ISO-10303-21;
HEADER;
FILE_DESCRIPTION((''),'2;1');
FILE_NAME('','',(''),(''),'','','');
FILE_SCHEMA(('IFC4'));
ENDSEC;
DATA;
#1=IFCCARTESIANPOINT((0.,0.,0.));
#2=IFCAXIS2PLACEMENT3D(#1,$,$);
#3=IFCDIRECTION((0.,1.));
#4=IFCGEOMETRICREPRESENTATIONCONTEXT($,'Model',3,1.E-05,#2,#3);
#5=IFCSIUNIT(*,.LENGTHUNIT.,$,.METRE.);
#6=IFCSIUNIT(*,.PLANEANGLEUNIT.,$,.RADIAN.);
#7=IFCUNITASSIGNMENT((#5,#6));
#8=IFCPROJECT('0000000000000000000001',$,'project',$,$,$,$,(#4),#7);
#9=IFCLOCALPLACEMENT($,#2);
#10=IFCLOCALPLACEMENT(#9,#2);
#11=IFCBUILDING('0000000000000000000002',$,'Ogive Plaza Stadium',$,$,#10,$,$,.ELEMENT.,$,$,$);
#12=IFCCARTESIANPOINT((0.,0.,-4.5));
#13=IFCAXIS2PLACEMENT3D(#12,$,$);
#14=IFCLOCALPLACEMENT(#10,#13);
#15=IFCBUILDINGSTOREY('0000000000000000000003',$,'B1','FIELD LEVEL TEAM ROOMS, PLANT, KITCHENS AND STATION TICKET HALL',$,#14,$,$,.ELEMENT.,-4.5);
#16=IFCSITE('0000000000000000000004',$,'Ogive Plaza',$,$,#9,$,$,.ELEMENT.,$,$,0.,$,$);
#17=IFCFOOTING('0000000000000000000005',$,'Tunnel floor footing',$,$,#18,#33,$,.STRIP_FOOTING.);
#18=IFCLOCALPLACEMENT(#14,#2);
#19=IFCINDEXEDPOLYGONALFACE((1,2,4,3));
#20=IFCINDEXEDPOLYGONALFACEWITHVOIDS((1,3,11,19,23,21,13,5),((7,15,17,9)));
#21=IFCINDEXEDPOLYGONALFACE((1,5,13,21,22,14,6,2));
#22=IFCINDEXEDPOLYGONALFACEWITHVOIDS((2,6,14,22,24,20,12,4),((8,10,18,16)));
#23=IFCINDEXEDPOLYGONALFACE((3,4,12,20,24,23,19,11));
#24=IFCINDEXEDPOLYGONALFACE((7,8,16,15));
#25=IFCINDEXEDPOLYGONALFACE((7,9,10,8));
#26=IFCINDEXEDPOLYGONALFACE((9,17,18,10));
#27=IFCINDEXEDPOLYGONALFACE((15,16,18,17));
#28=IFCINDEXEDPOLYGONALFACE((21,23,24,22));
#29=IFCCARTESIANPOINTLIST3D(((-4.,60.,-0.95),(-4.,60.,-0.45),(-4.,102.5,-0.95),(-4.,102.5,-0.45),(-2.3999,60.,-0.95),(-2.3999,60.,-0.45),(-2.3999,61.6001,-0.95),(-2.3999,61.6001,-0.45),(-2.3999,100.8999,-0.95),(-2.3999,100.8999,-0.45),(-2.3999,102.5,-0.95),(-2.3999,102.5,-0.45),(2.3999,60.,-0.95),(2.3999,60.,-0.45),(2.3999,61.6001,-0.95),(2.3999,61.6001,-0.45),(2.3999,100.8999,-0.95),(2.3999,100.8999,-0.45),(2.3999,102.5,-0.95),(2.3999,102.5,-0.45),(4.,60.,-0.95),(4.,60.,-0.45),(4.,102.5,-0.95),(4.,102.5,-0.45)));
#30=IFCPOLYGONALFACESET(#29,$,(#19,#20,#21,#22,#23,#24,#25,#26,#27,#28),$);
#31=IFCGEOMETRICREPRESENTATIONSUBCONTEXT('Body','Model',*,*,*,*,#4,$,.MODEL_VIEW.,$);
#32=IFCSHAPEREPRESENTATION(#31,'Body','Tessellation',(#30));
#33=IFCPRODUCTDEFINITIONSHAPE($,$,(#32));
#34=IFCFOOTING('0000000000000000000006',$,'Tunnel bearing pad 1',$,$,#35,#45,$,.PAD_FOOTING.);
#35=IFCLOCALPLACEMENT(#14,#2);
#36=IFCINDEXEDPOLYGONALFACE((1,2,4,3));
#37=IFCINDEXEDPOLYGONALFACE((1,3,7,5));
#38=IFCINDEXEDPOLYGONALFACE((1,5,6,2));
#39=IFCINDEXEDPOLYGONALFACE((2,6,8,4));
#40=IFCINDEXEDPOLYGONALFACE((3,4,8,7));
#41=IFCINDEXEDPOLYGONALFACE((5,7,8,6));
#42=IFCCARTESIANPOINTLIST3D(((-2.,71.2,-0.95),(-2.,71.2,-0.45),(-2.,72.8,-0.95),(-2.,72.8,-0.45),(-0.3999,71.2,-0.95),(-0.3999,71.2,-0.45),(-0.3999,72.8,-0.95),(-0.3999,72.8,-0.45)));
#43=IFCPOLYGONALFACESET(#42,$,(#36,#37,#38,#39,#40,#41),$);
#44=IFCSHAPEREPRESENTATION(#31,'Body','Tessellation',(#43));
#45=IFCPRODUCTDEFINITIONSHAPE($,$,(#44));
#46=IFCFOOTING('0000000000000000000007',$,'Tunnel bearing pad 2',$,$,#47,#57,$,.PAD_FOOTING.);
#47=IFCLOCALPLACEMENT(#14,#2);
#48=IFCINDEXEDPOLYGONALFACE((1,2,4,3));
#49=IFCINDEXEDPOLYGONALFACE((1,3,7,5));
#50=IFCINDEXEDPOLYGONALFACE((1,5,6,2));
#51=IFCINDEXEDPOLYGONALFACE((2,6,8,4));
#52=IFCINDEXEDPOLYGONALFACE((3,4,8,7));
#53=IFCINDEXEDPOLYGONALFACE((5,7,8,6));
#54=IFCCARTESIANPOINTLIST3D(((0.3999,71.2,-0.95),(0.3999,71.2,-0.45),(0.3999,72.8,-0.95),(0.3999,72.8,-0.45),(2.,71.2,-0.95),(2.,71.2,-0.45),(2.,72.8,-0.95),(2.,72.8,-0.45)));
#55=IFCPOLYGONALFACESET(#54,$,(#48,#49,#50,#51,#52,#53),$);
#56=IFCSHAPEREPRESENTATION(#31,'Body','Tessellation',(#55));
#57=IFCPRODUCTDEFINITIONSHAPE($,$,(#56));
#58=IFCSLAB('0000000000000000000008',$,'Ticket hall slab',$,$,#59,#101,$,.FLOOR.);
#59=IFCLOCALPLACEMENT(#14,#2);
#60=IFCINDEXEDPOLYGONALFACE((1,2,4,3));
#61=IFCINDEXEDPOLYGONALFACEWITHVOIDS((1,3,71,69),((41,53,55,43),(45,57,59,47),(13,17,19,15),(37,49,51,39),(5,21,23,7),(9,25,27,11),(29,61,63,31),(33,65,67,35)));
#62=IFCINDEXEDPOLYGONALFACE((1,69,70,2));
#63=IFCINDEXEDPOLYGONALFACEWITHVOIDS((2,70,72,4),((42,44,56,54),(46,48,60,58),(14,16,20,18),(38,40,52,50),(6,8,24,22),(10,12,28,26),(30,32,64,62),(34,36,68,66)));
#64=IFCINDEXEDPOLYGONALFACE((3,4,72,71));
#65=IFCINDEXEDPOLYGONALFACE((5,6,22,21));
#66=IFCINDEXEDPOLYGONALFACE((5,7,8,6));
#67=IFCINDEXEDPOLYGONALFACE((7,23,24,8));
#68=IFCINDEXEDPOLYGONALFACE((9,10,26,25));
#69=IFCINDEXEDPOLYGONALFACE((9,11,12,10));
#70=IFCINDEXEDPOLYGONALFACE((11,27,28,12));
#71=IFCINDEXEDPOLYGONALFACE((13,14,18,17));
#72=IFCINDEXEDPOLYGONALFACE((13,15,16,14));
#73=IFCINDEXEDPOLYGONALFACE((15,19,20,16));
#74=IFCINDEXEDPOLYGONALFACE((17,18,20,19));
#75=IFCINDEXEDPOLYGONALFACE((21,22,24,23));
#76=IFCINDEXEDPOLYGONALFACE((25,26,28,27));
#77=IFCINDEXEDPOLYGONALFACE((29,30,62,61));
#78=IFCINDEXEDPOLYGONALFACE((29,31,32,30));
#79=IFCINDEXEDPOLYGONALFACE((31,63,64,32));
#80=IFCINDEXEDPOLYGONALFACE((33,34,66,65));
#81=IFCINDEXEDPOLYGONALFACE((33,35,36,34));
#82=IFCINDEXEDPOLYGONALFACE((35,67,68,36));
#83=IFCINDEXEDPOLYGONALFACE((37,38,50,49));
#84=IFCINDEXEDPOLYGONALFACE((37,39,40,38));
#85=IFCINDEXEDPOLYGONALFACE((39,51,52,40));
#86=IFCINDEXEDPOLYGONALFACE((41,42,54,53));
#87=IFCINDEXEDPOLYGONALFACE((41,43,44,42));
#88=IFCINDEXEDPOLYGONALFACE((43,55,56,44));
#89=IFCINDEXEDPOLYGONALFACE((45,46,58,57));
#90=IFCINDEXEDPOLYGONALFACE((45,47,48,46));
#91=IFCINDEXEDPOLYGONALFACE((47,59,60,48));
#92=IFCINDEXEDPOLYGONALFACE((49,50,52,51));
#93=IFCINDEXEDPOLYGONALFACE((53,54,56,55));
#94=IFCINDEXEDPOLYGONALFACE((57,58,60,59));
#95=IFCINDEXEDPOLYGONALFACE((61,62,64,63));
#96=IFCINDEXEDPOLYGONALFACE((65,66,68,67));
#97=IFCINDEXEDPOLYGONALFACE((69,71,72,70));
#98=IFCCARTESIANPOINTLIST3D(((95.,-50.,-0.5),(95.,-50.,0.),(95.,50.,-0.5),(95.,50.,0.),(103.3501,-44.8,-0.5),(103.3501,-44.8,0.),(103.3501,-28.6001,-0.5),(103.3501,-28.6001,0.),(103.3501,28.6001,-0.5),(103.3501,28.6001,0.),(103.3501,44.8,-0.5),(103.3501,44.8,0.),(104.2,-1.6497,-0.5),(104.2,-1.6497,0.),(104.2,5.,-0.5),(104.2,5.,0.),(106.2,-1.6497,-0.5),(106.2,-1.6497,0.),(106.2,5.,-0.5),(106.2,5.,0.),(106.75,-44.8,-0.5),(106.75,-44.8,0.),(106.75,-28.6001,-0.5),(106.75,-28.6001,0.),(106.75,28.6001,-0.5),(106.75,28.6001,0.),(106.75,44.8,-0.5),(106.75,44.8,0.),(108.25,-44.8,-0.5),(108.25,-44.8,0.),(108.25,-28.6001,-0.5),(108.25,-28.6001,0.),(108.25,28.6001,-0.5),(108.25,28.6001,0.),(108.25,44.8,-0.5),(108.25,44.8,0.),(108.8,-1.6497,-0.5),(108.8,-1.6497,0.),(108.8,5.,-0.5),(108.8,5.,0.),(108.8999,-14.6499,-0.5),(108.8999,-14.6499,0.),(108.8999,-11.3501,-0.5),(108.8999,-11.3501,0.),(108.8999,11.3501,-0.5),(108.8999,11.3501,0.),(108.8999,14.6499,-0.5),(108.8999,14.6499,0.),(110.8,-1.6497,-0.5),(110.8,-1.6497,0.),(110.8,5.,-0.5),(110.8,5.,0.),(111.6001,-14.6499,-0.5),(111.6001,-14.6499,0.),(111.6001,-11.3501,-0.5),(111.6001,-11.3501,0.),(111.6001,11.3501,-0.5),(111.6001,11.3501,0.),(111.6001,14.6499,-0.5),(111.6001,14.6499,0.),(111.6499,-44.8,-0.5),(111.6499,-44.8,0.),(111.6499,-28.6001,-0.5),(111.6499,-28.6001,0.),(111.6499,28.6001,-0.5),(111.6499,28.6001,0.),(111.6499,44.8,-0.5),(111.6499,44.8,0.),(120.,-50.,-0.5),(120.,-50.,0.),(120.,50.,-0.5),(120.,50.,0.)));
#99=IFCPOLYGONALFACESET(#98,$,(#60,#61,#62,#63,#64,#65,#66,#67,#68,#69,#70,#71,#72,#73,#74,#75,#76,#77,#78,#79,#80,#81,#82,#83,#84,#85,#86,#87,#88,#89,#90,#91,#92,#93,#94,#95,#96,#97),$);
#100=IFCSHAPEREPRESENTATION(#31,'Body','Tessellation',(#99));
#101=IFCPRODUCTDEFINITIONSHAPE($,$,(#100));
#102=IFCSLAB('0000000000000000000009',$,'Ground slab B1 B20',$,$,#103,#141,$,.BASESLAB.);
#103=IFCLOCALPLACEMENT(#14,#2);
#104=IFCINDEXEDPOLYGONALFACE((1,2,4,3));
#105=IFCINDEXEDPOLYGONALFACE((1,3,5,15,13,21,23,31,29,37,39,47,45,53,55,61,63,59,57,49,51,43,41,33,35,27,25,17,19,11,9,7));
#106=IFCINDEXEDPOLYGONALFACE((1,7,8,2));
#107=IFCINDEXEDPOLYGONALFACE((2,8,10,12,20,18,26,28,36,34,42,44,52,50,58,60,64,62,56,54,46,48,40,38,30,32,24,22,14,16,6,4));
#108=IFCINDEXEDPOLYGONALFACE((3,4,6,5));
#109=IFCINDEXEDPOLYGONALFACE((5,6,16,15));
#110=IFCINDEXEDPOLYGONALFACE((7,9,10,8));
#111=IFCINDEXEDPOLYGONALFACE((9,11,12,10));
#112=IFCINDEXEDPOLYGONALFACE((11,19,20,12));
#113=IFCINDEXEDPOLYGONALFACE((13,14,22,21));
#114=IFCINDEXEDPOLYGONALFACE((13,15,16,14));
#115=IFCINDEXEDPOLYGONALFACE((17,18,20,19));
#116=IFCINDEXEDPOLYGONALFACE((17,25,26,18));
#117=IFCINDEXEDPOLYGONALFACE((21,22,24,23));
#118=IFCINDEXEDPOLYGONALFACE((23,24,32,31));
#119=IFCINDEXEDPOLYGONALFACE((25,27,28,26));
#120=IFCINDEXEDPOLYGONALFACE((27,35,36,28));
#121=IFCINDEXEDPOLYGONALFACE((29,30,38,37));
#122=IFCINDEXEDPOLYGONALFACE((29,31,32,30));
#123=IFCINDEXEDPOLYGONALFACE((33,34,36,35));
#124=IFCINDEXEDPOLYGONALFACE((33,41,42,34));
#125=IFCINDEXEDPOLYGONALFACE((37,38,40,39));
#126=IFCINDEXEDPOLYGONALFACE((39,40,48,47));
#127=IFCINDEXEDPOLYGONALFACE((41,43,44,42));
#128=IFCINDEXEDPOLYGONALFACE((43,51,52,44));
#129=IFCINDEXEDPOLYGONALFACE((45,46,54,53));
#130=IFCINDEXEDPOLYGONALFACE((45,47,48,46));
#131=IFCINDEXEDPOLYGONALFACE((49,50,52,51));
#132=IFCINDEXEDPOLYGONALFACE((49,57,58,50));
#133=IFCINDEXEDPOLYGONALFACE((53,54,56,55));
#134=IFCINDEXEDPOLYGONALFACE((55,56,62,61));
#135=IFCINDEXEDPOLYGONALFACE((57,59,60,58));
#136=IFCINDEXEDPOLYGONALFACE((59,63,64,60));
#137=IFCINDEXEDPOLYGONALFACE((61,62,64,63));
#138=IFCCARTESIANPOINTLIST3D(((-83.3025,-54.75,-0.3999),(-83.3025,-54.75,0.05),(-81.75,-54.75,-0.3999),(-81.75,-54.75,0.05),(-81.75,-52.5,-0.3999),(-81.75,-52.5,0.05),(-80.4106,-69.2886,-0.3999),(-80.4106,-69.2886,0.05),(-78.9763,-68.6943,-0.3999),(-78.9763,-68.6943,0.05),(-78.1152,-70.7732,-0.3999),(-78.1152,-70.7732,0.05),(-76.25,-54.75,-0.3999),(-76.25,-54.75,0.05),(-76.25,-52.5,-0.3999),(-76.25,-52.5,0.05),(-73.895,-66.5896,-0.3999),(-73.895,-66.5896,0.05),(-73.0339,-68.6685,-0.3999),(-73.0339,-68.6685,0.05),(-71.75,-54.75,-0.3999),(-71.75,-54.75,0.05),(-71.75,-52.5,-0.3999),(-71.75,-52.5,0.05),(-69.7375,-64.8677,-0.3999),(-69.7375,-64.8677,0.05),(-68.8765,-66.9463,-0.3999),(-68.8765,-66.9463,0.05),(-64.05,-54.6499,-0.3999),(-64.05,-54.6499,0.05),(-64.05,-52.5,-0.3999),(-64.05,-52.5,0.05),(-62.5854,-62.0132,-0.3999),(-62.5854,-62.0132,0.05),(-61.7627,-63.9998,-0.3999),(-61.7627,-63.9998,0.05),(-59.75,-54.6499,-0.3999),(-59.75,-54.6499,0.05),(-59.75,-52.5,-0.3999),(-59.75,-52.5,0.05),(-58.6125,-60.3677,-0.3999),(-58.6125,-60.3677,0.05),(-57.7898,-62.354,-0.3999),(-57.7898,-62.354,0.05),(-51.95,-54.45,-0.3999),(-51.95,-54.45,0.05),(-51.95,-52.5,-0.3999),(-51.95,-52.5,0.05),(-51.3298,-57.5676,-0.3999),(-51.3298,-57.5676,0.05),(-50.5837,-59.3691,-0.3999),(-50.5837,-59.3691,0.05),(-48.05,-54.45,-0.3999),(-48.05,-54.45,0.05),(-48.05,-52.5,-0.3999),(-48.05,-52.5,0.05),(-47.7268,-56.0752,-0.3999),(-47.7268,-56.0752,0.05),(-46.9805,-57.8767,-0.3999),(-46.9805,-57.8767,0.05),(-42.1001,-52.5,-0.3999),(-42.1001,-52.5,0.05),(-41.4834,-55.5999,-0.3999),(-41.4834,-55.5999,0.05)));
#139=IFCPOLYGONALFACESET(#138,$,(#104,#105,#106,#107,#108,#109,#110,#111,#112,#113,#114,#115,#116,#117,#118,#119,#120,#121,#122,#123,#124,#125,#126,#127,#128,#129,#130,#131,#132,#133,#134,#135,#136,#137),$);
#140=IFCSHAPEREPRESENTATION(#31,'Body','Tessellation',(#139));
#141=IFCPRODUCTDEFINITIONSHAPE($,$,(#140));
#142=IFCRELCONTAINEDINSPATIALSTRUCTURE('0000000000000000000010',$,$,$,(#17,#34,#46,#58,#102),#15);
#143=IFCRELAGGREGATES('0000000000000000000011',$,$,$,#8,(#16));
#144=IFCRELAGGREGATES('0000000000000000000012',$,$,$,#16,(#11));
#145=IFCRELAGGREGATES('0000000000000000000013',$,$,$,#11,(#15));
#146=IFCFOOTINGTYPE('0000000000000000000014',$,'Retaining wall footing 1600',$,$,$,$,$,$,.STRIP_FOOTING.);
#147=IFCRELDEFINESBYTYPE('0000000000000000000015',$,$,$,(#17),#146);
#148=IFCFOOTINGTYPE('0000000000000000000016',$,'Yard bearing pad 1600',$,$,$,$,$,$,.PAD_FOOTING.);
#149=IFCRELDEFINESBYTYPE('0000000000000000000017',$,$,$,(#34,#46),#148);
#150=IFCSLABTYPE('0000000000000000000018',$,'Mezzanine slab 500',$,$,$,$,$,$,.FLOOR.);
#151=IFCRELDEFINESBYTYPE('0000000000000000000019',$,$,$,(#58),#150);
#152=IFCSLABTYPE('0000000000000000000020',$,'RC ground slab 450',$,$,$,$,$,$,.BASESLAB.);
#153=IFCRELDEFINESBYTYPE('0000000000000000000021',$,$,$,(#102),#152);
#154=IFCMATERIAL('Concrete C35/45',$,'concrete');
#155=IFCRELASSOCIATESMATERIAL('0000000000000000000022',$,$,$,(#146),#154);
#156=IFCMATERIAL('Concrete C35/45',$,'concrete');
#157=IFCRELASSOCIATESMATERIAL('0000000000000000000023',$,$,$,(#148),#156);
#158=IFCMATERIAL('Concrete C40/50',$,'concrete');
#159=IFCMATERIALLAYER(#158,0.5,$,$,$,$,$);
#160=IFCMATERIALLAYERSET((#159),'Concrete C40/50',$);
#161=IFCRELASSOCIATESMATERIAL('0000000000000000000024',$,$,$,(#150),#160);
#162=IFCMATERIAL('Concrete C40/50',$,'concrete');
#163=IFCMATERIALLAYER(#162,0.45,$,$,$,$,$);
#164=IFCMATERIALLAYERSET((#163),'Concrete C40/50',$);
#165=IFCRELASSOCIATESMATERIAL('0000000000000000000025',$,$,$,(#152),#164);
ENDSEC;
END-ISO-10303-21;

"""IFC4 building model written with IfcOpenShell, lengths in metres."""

from ifc_helpers import new_model, si_unit, direction, frame, origin, place, context, subcontext, project, spatial, polyline, outline, extrude, material, layer, layer_set, type_object, element, save


model = new_model("IFC4")

# Units and contexts
model_context = context("Model", 3, precision=1e-05, world=origin(), true_north=direction((0.0, 1.0)))
body_context = subcontext(model_context, "Body", "Model", "MODEL_VIEW")
ifc_project = project(units=[si_unit("LENGTHUNIT", "METRE"), si_unit("PLANEANGLEUNIT", "RADIAN")], contexts=[model_context])

# Site, building, storey
site_placement = place(None, origin())
site = spatial("IfcSite", under=ifc_project, at=site_placement, Name="Ogive Plaza", CompositionType="ELEMENT", RefElevation=0.0)
building_placement = place(site_placement, origin())
building = spatial("IfcBuilding", under=site, at=building_placement, Name="Ogive Plaza Stadium", CompositionType="ELEMENT")
storey_placement = place(building_placement, frame((0.0, 0.0, -4.5)))
storey = spatial("IfcBuildingStorey", under=building, at=storey_placement, Name="B1", Description="FIELD LEVEL TEAM ROOMS, PLANT, KITCHENS AND STATION TICKET HALL", CompositionType="ELEMENT", Elevation=-4.5)

# Footings
ifc_material_1 = material(Name="Concrete C35/45", Category="concrete")
footing_type_1 = type_object("IfcFootingType", Name="Retaining wall footing 1600", PredefinedType="STRIP_FOOTING", material=ifc_material_1)
footing_1_placement = place(storey_placement, frame((0.0, 0.0, -0.95)))
element("IfcFooting", 1, at=footing_1_placement, inside=storey, type_object=footing_type_1, Name="Tunnel floor footing", PredefinedType="STRIP_FOOTING", context=body_context, shape_type="SweptSolid", body=[
    extrude(outline(polyline([(-2.3999, 60.0), (-4.0, 60.0), (-4.0, 102.5), (-2.3999, 102.5), (2.3999, 102.5), (4.0, 102.5), (4.0, 60.0), (2.3999, 60.0), (-2.3999, 60.0)]), holes=[polyline([(-2.3999, 61.6001), (2.3999, 61.6001), (2.3999, 100.8999), (-2.3999, 100.8999), (-2.3999, 61.6001)])]), origin(), (0.0, 0.0, 1.0), 0.5),
])
ifc_material_2 = material(Name="Concrete C35/45", Category="concrete")
footing_type_2 = type_object("IfcFootingType", Name="Yard bearing pad 1600", PredefinedType="PAD_FOOTING", material=ifc_material_2)
footing_2_placement = place(storey_placement, frame((0.0, 0.0, -0.95)))
element("IfcFooting", 2, at=footing_2_placement, inside=storey, type_object=footing_type_2, Name="Tunnel bearing pad 1", PredefinedType="PAD_FOOTING", context=body_context, shape_type="SweptSolid", body=[
    extrude(outline(polyline([(-2.0, 71.2), (-0.3999, 71.2), (-0.3999, 72.8), (-2.0, 72.8), (-2.0, 71.2)])), origin(), (0.0, 0.0, 1.0), 0.5),
])
footing_3_placement = place(storey_placement, frame((0.0, 0.0, -0.95)))
element("IfcFooting", 3, at=footing_3_placement, inside=storey, type_object=footing_type_2, Name="Tunnel bearing pad 2", PredefinedType="PAD_FOOTING", context=body_context, shape_type="SweptSolid", body=[
    extrude(outline(polyline([(0.3999, 71.2), (2.0, 71.2), (2.0, 72.8), (0.3999, 72.8), (0.3999, 71.2)])), origin(), (0.0, 0.0, 1.0), 0.5),
])

# Slabs
ifc_material_3 = material(Name="Concrete C40/50", Category="concrete")
ifc_layer_1 = layer(ifc_material_3, 0.5)
ifc_layer_set_1 = layer_set([ifc_layer_1], Name="Concrete C40/50")
slab_type_1 = type_object("IfcSlabType", Name="Mezzanine slab 500", PredefinedType="FLOOR", material=ifc_layer_set_1)
slab_1_placement = place(storey_placement, frame((0.0, 0.0, -0.5)))
element("IfcSlab", 4, at=slab_1_placement, inside=storey, type_object=slab_type_1, Name="Ticket hall slab", PredefinedType="FLOOR", context=body_context, shape_type="SweptSolid", body=[
    extrude(outline(polyline([(95.0, -50.0), (120.0, -50.0), (120.0, 50.0), (95.0, 50.0), (95.0, -50.0)]), holes=[polyline([(106.75, -44.8), (106.75, -28.6001), (103.3501, -28.6001), (103.3501, -44.8), (106.75, -44.8)]), polyline([(111.6499, -44.8), (111.6499, -28.6001), (108.25, -28.6001), (108.25, -44.8), (111.6499, -44.8)]), polyline([(106.75, 28.6001), (106.75, 44.8), (103.3501, 44.8), (103.3501, 28.6001), (106.75, 28.6001)]), polyline([(111.6499, 28.6001), (111.6499, 44.8), (108.25, 44.8), (108.25, 28.6001), (111.6499, 28.6001)]), polyline([(106.2, -1.6497), (106.2, 5.0), (104.2, 5.0), (104.2, -1.6497), (106.2, -1.6497)]), polyline([(110.8, -1.6497), (110.8, 5.0), (108.8, 5.0), (108.8, -1.6497), (110.8, -1.6497)]), polyline([(111.6001, -14.6499), (111.6001, -11.3501), (108.8999, -11.3501), (108.8999, -14.6499), (111.6001, -14.6499)]), polyline([(111.6001, 11.3501), (111.6001, 14.6499), (108.8999, 14.6499), (108.8999, 11.3501), (111.6001, 11.3501)])]), origin(), (0.0, 0.0, 1.0), 0.5),
])
ifc_material_4 = material(Name="Concrete C40/50", Category="concrete")
ifc_layer_2 = layer(ifc_material_4, 0.45)
ifc_layer_set_2 = layer_set([ifc_layer_2], Name="Concrete C40/50")
slab_type_2 = type_object("IfcSlabType", Name="RC ground slab 450", PredefinedType="BASESLAB", material=ifc_layer_set_2)
slab_2_placement = place(storey_placement, frame((0.0, 0.0, -0.3999)))
element("IfcSlab", 5, at=slab_2_placement, inside=storey, type_object=slab_type_2, Name="Ground slab B1 B20", PredefinedType="BASESLAB", context=body_context, shape_type="SweptSolid", body=[
    extrude(outline(polyline([(-48.05, -52.5), (-48.05, -54.45), (-51.95, -54.45), (-51.95, -52.5), (-59.75, -52.5), (-59.75, -54.6499), (-64.05, -54.6499), (-64.05, -52.5), (-71.75, -52.5), (-71.75, -54.75), (-76.25, -54.75), (-76.25, -52.5), (-81.75, -52.5), (-81.75, -54.75), (-83.3025, -54.75), (-80.4106, -69.2886), (-78.9763, -68.6943), (-78.1152, -70.7732), (-73.0339, -68.6685), (-73.895, -66.5896), (-69.7375, -64.8677), (-68.8765, -66.9463), (-61.7627, -63.9998), (-62.5854, -62.0132), (-58.6125, -60.3677), (-57.7898, -62.354), (-50.5837, -59.3691), (-51.3298, -57.5676), (-47.7268, -56.0752), (-46.9805, -57.8767), (-41.4834, -55.5999), (-42.1001, -52.5), (-48.05, -52.5)])), origin(), (0.0, 0.0, 1.0), 0.45),
])

save(model, "model.ifc")
